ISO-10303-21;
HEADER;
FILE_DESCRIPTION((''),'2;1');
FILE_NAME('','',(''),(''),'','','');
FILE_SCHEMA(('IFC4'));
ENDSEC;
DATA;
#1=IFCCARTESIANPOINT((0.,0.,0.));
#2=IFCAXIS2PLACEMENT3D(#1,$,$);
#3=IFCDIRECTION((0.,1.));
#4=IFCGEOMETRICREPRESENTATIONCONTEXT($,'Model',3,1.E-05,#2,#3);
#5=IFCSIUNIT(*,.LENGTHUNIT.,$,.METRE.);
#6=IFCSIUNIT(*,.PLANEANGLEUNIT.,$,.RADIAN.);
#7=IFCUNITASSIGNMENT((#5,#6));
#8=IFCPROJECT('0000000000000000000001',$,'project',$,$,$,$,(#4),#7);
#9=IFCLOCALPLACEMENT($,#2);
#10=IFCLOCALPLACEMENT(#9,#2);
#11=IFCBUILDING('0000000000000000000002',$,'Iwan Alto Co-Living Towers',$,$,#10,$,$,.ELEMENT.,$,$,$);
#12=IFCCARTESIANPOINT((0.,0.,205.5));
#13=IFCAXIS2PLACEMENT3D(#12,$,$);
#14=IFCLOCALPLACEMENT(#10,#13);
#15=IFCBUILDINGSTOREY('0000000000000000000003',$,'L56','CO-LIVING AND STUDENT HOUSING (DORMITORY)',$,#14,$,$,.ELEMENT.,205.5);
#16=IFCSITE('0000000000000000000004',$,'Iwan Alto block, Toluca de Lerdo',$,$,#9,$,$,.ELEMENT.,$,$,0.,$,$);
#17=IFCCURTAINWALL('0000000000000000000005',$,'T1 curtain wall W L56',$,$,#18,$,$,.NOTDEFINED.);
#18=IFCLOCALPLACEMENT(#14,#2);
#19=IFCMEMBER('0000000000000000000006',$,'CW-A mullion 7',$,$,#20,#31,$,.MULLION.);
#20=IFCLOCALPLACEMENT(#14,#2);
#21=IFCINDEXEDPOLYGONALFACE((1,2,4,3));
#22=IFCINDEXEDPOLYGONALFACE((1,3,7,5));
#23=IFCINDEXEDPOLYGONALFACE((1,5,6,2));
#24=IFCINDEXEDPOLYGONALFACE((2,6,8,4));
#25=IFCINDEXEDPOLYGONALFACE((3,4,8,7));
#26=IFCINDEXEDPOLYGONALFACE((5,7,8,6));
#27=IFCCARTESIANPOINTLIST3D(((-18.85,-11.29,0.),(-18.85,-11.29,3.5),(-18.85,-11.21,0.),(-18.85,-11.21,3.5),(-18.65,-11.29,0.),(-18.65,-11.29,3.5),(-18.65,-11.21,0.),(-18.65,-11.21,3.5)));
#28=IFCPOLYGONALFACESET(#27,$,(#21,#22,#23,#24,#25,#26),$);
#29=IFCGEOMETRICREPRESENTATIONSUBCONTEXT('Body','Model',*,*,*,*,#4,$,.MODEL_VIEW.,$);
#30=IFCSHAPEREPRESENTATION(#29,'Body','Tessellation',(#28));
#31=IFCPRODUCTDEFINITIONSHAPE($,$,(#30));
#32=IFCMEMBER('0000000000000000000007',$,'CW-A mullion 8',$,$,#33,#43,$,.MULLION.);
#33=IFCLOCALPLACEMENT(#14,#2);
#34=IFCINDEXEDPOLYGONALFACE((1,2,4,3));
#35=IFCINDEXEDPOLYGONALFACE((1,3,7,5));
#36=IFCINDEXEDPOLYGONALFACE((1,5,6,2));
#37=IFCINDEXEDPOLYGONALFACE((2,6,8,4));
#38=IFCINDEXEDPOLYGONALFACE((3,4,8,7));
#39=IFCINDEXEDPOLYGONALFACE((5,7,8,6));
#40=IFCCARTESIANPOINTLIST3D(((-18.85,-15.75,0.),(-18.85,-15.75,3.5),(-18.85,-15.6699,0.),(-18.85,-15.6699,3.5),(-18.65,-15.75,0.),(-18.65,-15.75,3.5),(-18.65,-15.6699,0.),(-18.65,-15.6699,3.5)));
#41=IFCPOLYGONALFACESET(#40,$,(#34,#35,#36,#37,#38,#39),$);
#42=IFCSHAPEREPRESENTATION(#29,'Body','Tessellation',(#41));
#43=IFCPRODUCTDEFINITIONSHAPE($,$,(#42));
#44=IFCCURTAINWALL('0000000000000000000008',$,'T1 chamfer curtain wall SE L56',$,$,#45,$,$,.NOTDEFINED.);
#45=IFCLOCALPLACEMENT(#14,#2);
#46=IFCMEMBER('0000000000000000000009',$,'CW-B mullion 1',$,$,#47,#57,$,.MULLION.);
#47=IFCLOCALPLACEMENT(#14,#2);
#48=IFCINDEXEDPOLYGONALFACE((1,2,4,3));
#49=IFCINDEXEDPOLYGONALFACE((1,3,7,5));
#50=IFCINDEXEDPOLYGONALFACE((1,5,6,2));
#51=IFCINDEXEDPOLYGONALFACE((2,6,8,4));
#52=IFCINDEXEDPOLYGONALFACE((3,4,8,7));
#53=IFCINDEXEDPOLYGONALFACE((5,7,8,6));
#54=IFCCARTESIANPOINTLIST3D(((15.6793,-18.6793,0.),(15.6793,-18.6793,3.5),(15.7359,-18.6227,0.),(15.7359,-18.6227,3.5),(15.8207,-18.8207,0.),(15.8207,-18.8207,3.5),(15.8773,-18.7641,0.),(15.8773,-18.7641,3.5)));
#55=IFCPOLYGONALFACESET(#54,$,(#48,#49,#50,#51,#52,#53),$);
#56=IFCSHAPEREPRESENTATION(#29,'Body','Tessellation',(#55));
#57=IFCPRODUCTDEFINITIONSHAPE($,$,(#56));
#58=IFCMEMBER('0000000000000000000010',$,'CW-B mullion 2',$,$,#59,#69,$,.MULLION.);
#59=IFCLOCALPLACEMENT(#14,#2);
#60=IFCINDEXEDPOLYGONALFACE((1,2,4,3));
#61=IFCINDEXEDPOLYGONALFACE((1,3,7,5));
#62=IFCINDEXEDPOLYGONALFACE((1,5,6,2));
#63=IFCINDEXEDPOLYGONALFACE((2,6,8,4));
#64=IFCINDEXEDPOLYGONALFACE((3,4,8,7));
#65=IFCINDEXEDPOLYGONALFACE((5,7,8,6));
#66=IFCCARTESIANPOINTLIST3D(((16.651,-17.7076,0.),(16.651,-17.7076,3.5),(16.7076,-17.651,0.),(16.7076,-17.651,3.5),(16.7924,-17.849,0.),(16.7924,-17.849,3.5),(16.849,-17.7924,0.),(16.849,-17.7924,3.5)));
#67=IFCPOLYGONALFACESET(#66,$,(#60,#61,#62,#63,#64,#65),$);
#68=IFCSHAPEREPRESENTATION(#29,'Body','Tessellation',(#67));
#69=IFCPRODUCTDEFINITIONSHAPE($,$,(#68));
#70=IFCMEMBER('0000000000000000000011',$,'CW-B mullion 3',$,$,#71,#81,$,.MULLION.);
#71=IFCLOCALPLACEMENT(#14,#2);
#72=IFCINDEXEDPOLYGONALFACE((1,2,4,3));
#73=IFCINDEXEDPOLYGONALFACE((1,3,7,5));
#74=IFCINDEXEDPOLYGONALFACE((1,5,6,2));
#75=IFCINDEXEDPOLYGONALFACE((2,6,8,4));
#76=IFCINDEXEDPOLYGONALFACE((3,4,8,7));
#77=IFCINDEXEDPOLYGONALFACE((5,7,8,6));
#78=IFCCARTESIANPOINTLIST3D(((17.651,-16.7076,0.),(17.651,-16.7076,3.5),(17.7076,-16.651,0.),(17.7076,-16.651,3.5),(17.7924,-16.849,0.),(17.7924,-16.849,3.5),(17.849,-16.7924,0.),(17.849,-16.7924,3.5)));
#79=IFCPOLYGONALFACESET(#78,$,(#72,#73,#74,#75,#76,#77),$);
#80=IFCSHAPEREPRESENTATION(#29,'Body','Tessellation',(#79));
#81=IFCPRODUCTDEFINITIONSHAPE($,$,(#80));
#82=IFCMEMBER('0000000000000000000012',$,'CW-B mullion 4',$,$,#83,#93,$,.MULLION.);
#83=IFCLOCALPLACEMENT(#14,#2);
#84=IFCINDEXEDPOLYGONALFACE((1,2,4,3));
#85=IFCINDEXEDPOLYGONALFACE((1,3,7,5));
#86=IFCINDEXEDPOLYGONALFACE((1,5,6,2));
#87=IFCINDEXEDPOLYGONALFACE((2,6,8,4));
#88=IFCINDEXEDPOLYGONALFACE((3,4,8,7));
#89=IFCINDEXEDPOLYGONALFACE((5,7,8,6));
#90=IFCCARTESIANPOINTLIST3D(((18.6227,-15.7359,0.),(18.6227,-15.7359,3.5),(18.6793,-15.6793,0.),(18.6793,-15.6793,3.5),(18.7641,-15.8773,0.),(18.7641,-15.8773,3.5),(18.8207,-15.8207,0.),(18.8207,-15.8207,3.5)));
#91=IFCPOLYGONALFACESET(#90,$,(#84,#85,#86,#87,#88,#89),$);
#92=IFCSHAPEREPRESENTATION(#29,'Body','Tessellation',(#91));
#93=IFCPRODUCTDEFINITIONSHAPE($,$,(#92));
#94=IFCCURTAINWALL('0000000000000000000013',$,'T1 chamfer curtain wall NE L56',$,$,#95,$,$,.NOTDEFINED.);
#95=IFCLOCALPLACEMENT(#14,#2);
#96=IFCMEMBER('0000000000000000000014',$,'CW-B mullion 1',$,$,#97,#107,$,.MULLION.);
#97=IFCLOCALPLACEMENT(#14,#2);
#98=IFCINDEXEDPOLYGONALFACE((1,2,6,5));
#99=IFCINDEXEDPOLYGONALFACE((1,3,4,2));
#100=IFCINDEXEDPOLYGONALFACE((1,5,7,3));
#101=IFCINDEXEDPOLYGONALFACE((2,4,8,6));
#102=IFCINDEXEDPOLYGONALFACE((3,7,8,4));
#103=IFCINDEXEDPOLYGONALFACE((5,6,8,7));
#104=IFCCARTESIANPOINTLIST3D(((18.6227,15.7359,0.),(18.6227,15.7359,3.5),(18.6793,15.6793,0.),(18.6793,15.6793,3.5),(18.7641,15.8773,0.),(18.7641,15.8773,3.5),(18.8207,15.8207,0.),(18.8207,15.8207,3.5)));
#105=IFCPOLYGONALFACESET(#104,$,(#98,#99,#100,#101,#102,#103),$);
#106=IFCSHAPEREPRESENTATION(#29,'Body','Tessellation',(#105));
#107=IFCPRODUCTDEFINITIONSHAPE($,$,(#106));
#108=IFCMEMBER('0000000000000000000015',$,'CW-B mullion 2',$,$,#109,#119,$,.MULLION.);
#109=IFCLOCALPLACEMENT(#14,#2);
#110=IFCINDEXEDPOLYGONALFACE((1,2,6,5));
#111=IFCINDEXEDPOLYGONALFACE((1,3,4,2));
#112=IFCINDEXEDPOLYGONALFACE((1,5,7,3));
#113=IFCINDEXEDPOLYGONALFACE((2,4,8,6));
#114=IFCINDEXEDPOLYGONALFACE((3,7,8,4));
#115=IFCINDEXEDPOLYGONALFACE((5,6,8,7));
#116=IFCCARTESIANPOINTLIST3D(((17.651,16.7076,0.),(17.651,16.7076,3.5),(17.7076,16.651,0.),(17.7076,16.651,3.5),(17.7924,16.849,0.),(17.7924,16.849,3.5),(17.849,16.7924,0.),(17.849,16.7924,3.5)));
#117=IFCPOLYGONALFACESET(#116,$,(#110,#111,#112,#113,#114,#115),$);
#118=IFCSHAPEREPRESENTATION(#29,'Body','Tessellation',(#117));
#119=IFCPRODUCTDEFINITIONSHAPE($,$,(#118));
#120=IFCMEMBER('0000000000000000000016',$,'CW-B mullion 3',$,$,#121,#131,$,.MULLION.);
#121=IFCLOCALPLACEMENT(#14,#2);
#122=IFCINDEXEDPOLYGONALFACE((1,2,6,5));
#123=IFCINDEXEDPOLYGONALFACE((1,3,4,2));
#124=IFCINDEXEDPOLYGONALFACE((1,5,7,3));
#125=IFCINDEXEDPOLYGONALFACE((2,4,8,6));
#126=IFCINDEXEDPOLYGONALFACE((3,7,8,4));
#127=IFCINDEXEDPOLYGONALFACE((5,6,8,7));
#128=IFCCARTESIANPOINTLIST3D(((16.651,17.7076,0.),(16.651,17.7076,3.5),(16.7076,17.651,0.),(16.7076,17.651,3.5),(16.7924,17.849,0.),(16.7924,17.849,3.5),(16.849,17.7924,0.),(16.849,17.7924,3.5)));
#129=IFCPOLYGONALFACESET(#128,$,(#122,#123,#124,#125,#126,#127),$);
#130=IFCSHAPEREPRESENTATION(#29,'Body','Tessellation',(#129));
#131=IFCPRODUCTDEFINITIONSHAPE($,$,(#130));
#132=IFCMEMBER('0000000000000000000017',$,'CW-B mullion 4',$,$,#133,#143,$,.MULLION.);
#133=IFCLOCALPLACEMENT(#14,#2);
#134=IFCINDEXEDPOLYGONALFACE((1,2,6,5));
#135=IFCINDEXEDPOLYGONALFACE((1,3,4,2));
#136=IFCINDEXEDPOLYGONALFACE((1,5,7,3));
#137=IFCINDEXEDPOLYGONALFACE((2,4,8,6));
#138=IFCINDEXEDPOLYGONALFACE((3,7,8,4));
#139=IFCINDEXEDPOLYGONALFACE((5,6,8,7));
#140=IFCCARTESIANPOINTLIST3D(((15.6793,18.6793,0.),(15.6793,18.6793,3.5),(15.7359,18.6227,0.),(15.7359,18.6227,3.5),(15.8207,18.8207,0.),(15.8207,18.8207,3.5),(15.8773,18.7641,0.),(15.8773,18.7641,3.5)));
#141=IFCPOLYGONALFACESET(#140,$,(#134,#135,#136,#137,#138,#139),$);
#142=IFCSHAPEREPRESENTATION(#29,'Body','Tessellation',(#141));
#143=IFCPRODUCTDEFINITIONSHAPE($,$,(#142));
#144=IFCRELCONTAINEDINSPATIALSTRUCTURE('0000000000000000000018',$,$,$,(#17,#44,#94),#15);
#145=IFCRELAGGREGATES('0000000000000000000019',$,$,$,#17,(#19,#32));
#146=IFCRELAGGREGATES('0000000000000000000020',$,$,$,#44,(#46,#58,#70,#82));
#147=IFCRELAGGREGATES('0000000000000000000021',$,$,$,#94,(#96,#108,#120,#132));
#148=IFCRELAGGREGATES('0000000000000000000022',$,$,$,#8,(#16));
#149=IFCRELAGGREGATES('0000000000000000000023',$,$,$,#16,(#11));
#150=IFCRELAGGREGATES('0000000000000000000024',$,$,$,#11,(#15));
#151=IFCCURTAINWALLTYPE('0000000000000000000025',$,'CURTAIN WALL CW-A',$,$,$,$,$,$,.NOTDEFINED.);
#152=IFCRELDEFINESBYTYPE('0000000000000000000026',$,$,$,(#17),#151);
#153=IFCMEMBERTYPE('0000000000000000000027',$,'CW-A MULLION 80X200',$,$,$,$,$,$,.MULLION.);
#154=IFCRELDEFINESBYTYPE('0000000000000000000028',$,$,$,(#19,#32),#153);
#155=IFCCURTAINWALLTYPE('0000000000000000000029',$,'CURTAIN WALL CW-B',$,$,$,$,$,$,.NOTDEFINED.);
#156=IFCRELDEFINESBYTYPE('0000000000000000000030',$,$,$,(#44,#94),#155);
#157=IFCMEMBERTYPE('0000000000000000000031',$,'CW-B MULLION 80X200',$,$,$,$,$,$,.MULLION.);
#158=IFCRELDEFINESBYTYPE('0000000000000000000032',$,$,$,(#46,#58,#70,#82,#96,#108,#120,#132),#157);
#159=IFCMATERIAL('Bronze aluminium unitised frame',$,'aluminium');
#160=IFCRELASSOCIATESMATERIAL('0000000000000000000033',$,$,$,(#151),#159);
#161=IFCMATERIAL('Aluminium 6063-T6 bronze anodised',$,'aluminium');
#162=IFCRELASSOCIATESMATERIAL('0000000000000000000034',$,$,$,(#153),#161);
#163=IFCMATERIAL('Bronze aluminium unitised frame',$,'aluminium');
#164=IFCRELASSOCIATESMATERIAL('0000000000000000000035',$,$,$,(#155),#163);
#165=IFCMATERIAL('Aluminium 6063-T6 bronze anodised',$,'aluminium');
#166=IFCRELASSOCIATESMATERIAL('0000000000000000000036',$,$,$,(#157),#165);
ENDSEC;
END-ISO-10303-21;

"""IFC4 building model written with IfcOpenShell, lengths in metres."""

from ifc_helpers import new_model, si_unit, direction, frame, origin, origin_2d, place, context, subcontext, project, spatial, rectangle, extrude, material, material_profile, profile_set, type_object, element, aggregate, save


model = new_model("IFC4")

# Units and contexts
model_context = context("Model", 3, precision=1e-05, world=origin(), true_north=direction((0.0, 1.0)))
body_context = subcontext(model_context, "Body", "Model", "MODEL_VIEW")
ifc_project = project(units=[si_unit("LENGTHUNIT", "METRE"), si_unit("PLANEANGLEUNIT", "RADIAN")], contexts=[model_context])

# Site, building, storey
site_placement = place(None, origin())
site = spatial("IfcSite", under=ifc_project, at=site_placement, Name="Iwan Alto block, Toluca de Lerdo", CompositionType="ELEMENT", RefElevation=0.0)
building_placement = place(site_placement, origin())
building = spatial("IfcBuilding", under=site, at=building_placement, Name="Iwan Alto Co-Living Towers", CompositionType="ELEMENT")
storey_placement = place(building_placement, frame((0.0, 0.0, 205.5)))
storey = spatial("IfcBuildingStorey", under=building, at=storey_placement, Name="L56", Description="CO-LIVING AND STUDENT HOUSING (DORMITORY)", CompositionType="ELEMENT", Elevation=205.5)

# Curtain walls, members
ifc_material_1 = material(Name="Bronze aluminium unitised frame", Category="aluminium")
curtain_wall_type_1 = type_object("IfcCurtainWallType", Name="CURTAIN WALL CW-A", PredefinedType="NOTDEFINED", material=ifc_material_1)
ifc_material_2 = material(Name="Aluminium 6063-T6 bronze anodised", Category="aluminium")
ifc_material_profile_1 = material_profile(ifc_material_2, rectangle(XDim=0.2, YDim=0.0801, at=origin_2d()), Name="AL 80X200")
ifc_profile_set_1 = profile_set([ifc_material_profile_1], Name="Aluminium 6063-T6 bronze anodised")
member_type_1 = type_object("IfcMemberType", Name="CW-A MULLION 80X200", PredefinedType="MULLION", material=ifc_profile_set_1)
curtain_wall_1_placement = place(storey_placement, origin())
curtain_wall_1 = element("IfcCurtainWall", 1, at=curtain_wall_1_placement, inside=storey, type_object=curtain_wall_type_1, Name="T1 curtain wall W L56", PredefinedType="NOTDEFINED")
member_1_placement = place(storey_placement, frame((-18.75, -11.25, 0.0), z_axis=(0.0, 0.0, 1.0), x_axis=(1.0, 0.0, 0.0)))
member_1 = element("IfcMember", 2, at=member_1_placement, type_object=member_type_1, Name="CW-A mullion 7", PredefinedType="MULLION", context=body_context, shape_type="SweptSolid", body=[
    extrude(rectangle(XDim=0.2, YDim=0.0801, at=origin_2d()), origin(), (0.0, 0.0, 1.0), 3.5),
])
member_2_placement = place(storey_placement, frame((-18.75, -15.71, 0.0), z_axis=(0.0, 0.0, 1.0), x_axis=(1.0, 0.0, 0.0)))
member_2 = element("IfcMember", 3, at=member_2_placement, type_object=member_type_1, Name="CW-A mullion 8", PredefinedType="MULLION", context=body_context, shape_type="SweptSolid", body=[
    extrude(rectangle(XDim=0.2, YDim=0.0801, at=origin_2d()), origin(), (0.0, 0.0, 1.0), 3.5),
])
aggregate(curtain_wall_1, [member_1, member_2])
ifc_material_3 = material(Name="Bronze aluminium unitised frame", Category="aluminium")
curtain_wall_type_2 = type_object("IfcCurtainWallType", Name="CURTAIN WALL CW-B", PredefinedType="NOTDEFINED", material=ifc_material_3)
curtain_wall_2_placement = place(storey_placement, origin())
curtain_wall_2 = element("IfcCurtainWall", 4, at=curtain_wall_2_placement, inside=storey, type_object=curtain_wall_type_2, Name="T1 chamfer curtain wall SE L56", PredefinedType="NOTDEFINED")
ifc_material_4 = material(Name="Aluminium 6063-T6 bronze anodised", Category="aluminium")
ifc_material_profile_2 = material_profile(ifc_material_4, rectangle(XDim=0.2, YDim=0.0801, at=origin_2d()), Name="AL 80X200")
ifc_profile_set_2 = profile_set([ifc_material_profile_2], Name="Aluminium 6063-T6 bronze anodised")
member_type_2 = type_object("IfcMemberType", Name="CW-B MULLION 80X200", PredefinedType="MULLION", material=ifc_profile_set_2)
member_3_placement = place(storey_placement, frame((15.7783, -18.7217, 0.0), z_axis=(0.0, 0.0, 1.0), x_axis=(-0.707107, 0.707107, 0.0)))
member_3 = element("IfcMember", 5, at=member_3_placement, type_object=member_type_2, Name="CW-B mullion 1", PredefinedType="MULLION", context=body_context, shape_type="SweptSolid", body=[
    extrude(rectangle(XDim=0.2, YDim=0.0801, at=origin_2d()), origin(), (0.0, 0.0, 1.0), 3.5),
])
member_4_placement = place(storey_placement, frame((16.75, -17.75, 0.0), z_axis=(0.0, 0.0, 1.0), x_axis=(-0.707107, 0.707107, 0.0)))
member_4 = element("IfcMember", 6, at=member_4_placement, type_object=member_type_2, Name="CW-B mullion 2", PredefinedType="MULLION", context=body_context, shape_type="SweptSolid", body=[
    extrude(rectangle(XDim=0.2, YDim=0.0801, at=origin_2d()), origin(), (0.0, 0.0, 1.0), 3.5),
])
member_5_placement = place(storey_placement, frame((17.75, -16.75, 0.0), z_axis=(0.0, 0.0, 1.0), x_axis=(-0.707107, 0.707107, 0.0)))
member_5 = element("IfcMember", 7, at=member_5_placement, type_object=member_type_2, Name="CW-B mullion 3", PredefinedType="MULLION", context=body_context, shape_type="SweptSolid", body=[
    extrude(rectangle(XDim=0.2, YDim=0.0801, at=origin_2d()), origin(), (0.0, 0.0, 1.0), 3.5),
])
member_6_placement = place(storey_placement, frame((18.7217, -15.7783, 0.0), z_axis=(0.0, 0.0, 1.0), x_axis=(-0.707107, 0.707107, 0.0)))
member_6 = element("IfcMember", 8, at=member_6_placement, type_object=member_type_2, Name="CW-B mullion 4", PredefinedType="MULLION", context=body_context, shape_type="SweptSolid", body=[
    extrude(rectangle(XDim=0.2, YDim=0.0801, at=origin_2d()), origin(), (0.0, 0.0, 1.0), 3.5),
])
aggregate(curtain_wall_2, [member_3, member_4, member_5, member_6])
curtain_wall_3_placement = place(storey_placement, origin())
curtain_wall_3 = element("IfcCurtainWall", 9, at=curtain_wall_3_placement, inside=storey, type_object=curtain_wall_type_2, Name="T1 chamfer curtain wall NE L56", PredefinedType="NOTDEFINED")
member_7_placement = place(storey_placement, frame((18.7217, 15.7783, 0.0), z_axis=(0.0, 0.0, 1.0), x_axis=(-0.707107, -0.707107, 0.0)))
member_7 = element("IfcMember", 10, at=member_7_placement, type_object=member_type_2, Name="CW-B mullion 1", PredefinedType="MULLION", context=body_context, shape_type="SweptSolid", body=[
    extrude(rectangle(XDim=0.2, YDim=0.0801, at=origin_2d()), origin(), (0.0, 0.0, 1.0), 3.5),
])
member_8_placement = place(storey_placement, frame((17.75, 16.75, 0.0), z_axis=(0.0, 0.0, 1.0), x_axis=(-0.707107, -0.707107, 0.0)))
member_8 = element("IfcMember", 11, at=member_8_placement, type_object=member_type_2, Name="CW-B mullion 2", PredefinedType="MULLION", context=body_context, shape_type="SweptSolid", body=[
    extrude(rectangle(XDim=0.2, YDim=0.0801, at=origin_2d()), origin(), (0.0, 0.0, 1.0), 3.5),
])
member_9_placement = place(storey_placement, frame((16.75, 17.75, 0.0), z_axis=(0.0, 0.0, 1.0), x_axis=(-0.707107, -0.707107, 0.0)))
member_9 = element("IfcMember", 12, at=member_9_placement, type_object=member_type_2, Name="CW-B mullion 3", PredefinedType="MULLION", context=body_context, shape_type="SweptSolid", body=[
    extrude(rectangle(XDim=0.2, YDim=0.0801, at=origin_2d()), origin(), (0.0, 0.0, 1.0), 3.5),
])
member_10_placement = place(storey_placement, frame((15.7783, 18.7217, 0.0), z_axis=(0.0, 0.0, 1.0), x_axis=(-0.707107, -0.707107, 0.0)))
member_10 = element("IfcMember", 13, at=member_10_placement, type_object=member_type_2, Name="CW-B mullion 4", PredefinedType="MULLION", context=body_context, shape_type="SweptSolid", body=[
    extrude(rectangle(XDim=0.2, YDim=0.0801, at=origin_2d()), origin(), (0.0, 0.0, 1.0), 3.5),
])
aggregate(curtain_wall_3, [member_7, member_8, member_9, member_10])

save(model, "model.ifc")
